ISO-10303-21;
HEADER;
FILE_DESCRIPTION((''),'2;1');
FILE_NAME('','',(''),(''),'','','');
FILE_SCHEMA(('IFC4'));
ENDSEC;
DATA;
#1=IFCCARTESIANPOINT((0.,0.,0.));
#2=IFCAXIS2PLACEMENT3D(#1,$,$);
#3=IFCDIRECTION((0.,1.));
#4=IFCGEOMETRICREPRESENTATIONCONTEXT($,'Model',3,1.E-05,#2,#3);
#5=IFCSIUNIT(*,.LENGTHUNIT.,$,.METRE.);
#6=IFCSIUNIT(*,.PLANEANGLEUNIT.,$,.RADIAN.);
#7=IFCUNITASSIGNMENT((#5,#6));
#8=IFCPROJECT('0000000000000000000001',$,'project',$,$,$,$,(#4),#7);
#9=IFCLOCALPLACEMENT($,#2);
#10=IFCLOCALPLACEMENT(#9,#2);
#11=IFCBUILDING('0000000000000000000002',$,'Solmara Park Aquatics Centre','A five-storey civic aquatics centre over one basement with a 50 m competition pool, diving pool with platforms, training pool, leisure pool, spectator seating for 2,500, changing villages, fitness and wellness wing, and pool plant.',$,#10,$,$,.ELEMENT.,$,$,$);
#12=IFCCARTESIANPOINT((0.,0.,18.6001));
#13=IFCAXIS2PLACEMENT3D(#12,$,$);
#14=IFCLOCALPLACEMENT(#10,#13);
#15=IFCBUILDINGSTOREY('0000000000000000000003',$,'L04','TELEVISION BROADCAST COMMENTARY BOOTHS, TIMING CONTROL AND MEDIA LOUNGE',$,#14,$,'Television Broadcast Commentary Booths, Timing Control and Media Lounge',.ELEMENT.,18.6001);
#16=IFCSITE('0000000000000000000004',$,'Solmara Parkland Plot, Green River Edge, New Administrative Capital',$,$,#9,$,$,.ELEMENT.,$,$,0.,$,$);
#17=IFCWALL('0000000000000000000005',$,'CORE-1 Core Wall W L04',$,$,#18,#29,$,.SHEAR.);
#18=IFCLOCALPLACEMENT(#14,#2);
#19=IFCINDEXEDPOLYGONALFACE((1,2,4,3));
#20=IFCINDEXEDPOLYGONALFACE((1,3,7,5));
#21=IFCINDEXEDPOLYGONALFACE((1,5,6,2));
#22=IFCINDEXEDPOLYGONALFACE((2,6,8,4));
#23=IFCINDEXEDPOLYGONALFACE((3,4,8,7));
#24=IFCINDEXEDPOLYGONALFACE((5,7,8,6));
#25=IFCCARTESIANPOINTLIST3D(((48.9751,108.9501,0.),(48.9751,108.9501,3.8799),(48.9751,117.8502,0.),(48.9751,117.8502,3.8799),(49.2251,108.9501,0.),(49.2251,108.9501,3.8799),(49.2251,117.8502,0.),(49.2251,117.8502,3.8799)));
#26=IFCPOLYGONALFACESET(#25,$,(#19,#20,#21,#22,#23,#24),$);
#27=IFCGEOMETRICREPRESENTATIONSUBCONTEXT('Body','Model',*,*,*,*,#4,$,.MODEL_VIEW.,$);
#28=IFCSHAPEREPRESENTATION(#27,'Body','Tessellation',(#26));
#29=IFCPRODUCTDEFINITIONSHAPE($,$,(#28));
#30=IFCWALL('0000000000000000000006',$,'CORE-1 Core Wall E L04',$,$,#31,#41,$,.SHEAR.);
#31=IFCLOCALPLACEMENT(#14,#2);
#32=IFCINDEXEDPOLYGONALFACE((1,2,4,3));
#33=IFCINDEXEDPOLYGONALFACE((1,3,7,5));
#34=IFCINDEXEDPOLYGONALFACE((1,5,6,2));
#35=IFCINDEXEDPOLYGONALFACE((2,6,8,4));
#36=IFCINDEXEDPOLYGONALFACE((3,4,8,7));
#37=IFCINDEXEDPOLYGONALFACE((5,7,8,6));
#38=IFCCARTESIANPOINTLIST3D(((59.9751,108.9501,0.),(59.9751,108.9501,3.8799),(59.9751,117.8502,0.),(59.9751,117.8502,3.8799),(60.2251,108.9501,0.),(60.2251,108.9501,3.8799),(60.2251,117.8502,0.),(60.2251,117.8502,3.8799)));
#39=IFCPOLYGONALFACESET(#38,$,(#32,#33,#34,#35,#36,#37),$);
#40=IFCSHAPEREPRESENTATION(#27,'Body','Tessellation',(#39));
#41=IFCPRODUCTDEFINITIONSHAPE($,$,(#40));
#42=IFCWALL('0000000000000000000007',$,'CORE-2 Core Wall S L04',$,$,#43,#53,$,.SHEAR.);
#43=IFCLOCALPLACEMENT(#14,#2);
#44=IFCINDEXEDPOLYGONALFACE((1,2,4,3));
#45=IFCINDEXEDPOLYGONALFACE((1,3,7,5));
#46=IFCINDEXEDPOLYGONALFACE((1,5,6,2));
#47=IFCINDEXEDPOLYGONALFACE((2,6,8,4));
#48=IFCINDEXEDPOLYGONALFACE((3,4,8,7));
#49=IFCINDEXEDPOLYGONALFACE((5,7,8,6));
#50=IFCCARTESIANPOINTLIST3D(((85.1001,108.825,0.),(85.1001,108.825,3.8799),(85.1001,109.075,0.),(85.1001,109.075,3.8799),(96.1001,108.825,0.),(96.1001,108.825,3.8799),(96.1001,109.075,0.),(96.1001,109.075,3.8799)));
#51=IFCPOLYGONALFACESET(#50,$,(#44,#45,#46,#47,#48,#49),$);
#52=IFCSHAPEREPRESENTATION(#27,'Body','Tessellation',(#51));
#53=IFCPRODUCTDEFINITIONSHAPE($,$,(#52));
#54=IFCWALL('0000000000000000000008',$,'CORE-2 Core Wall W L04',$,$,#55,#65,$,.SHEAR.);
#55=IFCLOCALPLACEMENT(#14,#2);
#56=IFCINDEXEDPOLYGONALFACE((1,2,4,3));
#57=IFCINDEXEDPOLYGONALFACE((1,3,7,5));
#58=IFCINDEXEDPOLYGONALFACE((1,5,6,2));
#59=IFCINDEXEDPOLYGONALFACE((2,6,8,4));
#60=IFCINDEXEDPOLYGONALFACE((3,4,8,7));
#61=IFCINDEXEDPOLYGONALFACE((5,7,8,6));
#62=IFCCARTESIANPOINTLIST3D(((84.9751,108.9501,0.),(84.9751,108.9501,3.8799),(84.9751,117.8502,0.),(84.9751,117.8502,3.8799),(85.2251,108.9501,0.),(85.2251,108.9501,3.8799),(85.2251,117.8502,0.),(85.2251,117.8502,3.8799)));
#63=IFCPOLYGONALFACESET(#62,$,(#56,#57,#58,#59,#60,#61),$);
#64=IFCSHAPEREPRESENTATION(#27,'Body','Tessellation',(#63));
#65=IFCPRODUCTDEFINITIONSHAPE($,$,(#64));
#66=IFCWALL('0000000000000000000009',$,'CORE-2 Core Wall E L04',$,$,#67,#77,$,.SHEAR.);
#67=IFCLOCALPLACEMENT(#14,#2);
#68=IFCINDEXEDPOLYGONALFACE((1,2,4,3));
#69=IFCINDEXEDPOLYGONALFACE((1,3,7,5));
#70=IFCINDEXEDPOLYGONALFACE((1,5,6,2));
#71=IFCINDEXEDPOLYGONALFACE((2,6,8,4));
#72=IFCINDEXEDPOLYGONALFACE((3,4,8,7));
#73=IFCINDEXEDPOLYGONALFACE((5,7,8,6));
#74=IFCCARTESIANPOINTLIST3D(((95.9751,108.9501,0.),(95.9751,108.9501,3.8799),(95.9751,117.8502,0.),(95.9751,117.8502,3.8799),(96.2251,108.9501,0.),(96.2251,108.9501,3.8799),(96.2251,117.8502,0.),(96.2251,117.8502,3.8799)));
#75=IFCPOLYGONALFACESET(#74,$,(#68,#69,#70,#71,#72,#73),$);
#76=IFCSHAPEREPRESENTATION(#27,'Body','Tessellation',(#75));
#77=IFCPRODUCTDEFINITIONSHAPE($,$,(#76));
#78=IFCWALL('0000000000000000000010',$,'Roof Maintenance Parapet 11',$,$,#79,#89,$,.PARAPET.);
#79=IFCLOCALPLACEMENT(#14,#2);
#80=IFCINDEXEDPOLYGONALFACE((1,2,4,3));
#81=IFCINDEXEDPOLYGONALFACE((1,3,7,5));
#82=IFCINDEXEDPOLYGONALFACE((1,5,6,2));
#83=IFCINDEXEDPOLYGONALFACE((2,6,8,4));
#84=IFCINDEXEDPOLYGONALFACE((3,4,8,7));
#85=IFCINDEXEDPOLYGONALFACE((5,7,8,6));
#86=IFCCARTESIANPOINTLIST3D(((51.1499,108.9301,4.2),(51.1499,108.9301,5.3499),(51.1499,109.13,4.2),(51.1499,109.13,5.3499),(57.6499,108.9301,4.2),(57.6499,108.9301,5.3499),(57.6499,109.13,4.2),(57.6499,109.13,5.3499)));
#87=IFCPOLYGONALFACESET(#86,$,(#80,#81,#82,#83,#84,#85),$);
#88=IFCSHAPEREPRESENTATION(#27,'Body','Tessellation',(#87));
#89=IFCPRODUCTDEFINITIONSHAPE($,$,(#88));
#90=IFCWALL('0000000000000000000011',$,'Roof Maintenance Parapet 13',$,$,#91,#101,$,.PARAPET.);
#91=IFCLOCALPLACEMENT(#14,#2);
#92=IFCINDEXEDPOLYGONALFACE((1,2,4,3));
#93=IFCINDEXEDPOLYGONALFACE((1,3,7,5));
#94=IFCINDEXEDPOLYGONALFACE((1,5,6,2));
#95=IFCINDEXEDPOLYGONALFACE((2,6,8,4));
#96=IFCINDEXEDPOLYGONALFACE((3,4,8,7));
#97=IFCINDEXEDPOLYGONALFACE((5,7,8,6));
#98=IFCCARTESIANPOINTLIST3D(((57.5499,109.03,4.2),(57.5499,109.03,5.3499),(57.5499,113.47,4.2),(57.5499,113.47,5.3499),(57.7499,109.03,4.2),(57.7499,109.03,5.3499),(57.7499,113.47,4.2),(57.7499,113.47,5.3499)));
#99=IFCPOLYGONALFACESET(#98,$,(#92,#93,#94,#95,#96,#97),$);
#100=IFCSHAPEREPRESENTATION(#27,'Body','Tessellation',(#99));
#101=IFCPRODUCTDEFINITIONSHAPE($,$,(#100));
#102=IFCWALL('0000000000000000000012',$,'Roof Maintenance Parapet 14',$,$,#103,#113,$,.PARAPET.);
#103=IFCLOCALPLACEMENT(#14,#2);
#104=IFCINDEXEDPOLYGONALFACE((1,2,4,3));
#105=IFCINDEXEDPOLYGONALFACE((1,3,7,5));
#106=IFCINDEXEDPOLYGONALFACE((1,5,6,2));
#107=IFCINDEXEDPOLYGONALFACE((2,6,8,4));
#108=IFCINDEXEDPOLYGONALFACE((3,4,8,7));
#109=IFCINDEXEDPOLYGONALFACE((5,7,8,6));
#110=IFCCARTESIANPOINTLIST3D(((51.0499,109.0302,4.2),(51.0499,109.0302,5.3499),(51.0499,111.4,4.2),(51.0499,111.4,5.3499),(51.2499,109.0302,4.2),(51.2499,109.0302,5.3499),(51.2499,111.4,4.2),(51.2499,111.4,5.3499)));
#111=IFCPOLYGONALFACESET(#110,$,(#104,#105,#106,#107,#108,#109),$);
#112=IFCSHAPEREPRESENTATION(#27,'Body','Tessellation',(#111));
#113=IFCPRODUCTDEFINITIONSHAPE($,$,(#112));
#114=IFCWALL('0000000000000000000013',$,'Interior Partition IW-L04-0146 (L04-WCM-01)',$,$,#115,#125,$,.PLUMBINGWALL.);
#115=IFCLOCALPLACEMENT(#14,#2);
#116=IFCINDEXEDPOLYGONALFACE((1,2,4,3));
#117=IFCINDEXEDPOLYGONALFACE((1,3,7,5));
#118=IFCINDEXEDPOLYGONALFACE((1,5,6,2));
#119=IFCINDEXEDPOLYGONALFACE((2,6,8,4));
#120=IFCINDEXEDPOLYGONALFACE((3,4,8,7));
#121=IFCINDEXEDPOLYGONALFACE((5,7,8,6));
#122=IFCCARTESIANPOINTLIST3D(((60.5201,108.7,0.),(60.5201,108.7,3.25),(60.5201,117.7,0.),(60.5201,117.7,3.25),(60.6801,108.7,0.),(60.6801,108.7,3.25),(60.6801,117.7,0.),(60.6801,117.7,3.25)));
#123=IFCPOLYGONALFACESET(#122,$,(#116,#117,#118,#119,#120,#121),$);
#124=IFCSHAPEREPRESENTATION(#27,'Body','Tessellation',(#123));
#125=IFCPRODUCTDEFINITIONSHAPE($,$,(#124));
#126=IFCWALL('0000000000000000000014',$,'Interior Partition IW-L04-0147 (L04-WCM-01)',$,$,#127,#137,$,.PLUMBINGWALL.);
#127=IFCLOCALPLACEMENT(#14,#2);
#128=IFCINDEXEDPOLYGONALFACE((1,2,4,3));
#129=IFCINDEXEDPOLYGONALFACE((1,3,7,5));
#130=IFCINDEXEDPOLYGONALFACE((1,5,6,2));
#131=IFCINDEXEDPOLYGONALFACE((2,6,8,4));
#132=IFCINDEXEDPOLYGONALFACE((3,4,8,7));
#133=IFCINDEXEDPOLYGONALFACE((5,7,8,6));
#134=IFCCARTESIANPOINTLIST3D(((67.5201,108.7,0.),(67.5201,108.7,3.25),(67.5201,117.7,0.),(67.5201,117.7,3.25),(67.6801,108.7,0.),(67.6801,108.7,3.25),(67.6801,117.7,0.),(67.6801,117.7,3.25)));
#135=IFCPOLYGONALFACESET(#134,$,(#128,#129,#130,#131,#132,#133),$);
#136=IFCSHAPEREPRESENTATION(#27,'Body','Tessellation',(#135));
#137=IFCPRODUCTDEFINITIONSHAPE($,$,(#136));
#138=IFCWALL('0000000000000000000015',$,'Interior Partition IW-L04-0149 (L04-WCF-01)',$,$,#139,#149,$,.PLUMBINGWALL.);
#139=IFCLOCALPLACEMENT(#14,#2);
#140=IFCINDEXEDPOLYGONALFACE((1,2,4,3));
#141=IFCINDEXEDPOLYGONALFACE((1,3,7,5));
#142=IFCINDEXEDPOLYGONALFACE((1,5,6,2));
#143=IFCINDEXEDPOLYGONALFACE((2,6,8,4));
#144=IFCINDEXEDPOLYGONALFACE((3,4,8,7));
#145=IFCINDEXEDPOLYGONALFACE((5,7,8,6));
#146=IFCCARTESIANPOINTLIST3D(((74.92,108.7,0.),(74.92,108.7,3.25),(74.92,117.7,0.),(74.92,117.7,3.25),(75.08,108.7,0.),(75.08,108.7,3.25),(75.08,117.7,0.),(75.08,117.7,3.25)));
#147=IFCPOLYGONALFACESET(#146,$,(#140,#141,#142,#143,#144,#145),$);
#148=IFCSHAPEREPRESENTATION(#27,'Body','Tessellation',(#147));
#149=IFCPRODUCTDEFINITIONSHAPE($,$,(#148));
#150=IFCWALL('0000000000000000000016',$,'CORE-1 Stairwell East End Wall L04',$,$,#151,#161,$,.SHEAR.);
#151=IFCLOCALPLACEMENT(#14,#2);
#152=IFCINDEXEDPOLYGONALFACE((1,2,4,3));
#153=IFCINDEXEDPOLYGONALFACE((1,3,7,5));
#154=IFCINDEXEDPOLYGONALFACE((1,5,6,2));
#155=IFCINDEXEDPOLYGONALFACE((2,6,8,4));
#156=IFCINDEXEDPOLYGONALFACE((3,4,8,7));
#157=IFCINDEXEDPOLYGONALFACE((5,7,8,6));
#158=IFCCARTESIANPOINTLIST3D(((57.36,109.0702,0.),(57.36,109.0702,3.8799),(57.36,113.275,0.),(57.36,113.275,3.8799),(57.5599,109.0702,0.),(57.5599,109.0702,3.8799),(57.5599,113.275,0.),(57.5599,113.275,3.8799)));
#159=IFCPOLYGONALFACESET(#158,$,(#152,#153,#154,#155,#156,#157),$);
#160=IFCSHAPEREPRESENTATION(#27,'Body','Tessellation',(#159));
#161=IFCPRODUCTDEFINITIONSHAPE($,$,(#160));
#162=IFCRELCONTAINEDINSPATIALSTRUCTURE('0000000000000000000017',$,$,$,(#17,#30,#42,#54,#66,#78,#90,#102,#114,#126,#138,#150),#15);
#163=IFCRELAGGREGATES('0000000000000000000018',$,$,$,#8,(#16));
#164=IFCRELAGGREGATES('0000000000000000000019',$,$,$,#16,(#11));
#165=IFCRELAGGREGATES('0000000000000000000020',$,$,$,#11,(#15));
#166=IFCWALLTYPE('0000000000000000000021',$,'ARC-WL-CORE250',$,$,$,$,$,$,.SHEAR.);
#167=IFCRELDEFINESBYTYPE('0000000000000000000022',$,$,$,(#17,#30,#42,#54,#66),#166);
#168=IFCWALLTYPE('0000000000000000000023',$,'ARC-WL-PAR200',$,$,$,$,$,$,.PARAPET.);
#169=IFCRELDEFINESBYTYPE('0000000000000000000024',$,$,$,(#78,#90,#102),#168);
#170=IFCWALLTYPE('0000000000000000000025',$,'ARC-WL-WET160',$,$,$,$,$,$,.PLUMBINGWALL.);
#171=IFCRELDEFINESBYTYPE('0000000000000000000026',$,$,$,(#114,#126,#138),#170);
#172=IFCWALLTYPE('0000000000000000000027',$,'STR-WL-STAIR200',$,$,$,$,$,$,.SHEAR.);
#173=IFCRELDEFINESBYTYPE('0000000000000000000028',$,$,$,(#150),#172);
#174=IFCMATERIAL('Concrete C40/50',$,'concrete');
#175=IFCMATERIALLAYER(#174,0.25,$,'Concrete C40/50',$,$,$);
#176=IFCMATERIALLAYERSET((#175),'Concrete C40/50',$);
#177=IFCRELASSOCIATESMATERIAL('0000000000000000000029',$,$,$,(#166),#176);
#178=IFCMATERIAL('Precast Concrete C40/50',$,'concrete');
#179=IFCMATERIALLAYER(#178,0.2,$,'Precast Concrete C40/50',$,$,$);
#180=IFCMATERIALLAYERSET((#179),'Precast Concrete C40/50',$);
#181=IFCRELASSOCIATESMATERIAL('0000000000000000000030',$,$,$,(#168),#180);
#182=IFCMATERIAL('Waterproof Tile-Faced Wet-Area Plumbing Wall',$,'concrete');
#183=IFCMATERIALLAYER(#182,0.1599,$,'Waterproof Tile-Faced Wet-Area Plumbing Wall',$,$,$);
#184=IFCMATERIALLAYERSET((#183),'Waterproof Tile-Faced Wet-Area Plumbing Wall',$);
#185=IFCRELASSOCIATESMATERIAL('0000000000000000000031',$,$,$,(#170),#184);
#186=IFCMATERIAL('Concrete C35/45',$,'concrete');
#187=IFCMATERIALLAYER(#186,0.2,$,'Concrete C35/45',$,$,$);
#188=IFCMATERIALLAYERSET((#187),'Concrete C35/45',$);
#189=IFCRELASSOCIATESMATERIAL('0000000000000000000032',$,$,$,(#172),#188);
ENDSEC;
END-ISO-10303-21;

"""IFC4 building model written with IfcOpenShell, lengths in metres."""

from ifc_helpers import new_model, si_unit, direction, frame, frame_2d, origin, place, context, subcontext, project, spatial, rectangle, extrude, material, layer, layer_set, type_object, element, save


model = new_model("IFC4")

# Units and contexts
model_context = context("Model", 3, precision=1e-05, world=origin(), true_north=direction((0.0, 1.0)))
body_context = subcontext(model_context, "Body", "Model", "MODEL_VIEW")
ifc_project = project(units=[si_unit("LENGTHUNIT", "METRE"), si_unit("PLANEANGLEUNIT", "RADIAN")], contexts=[model_context])

# Site, building, storey
site_placement = place(None, origin())
site = spatial("IfcSite", under=ifc_project, at=site_placement, Name="Solmara Parkland Plot, Green River Edge, New Administrative Capital", CompositionType="ELEMENT", RefElevation=0.0)
building_placement = place(site_placement, origin())
building = spatial("IfcBuilding", under=site, at=building_placement, Name="Solmara Park Aquatics Centre", Description="A five-storey civic aquatics centre over one basement with a 50 m competition pool, diving pool with platforms, training pool, leisure pool, spectator seating for 2,500, changing villages, fitness and wellness wing, and pool plant.", CompositionType="ELEMENT")
storey_placement = place(building_placement, frame((0.0, 0.0, 18.6001)))
storey = spatial("IfcBuildingStorey", under=building, at=storey_placement, Name="L04", Description="TELEVISION BROADCAST COMMENTARY BOOTHS, TIMING CONTROL AND MEDIA LOUNGE", LongName="Television Broadcast Commentary Booths, Timing Control and Media Lounge", CompositionType="ELEMENT", Elevation=18.6001)

# Walls
ifc_material_1 = material(Name="Concrete C40/50", Category="concrete")
ifc_layer_1 = layer(ifc_material_1, 0.25, Name="Concrete C40/50")
ifc_layer_set_1 = layer_set([ifc_layer_1], Name="Concrete C40/50")
wall_type_1 = type_object("IfcWallType", Name="ARC-WL-CORE250", PredefinedType="SHEAR", material=ifc_layer_set_1)
for number, where, z_axis, x_axis, name in (
    (1, (49.1001, 108.95, 0.0), (0.0, 0.0, 1.0), (0.0, 1.0, 0.0), "CORE-1 Core Wall W L04"),
    (2, (60.1001, 108.95, 0.0), (0.0, 0.0, 1.0), (0.0, 1.0, 0.0), "CORE-1 Core Wall E L04"),
):
    element("IfcWall", number, at=place(storey_placement, frame(where, z_axis=z_axis, x_axis=x_axis)), inside=storey, type_object=wall_type_1, Name=name, PredefinedType="SHEAR", context=body_context, shape_type="SweptSolid", body=[
        extrude(rectangle(XDim=8.9001, YDim=0.25, at=frame_2d((4.4502, 0.0))), origin(), (0.0, 0.0, 1.0), 3.8799),
    ])
wall_1_placement = place(storey_placement, frame((85.1001, 108.95, 0.0), z_axis=(0.0, 0.0, 1.0), x_axis=(1.0, 0.0, 0.0)))
element("IfcWall", 3, at=wall_1_placement, inside=storey, type_object=wall_type_1, Name="CORE-2 Core Wall S L04", PredefinedType="SHEAR", context=body_context, shape_type="SweptSolid", body=[
    extrude(rectangle(XDim=11.0, YDim=0.25, at=frame_2d((5.5, 0.0))), origin(), (0.0, 0.0, 1.0), 3.8799),
])
for number, where, z_axis, x_axis, name in (
    (4, (85.1001, 108.95, 0.0), (0.0, 0.0, 1.0), (0.0, 1.0, 0.0), "CORE-2 Core Wall W L04"),
    (5, (96.1001, 108.95, 0.0), (0.0, 0.0, 1.0), (0.0, 1.0, 0.0), "CORE-2 Core Wall E L04"),
):
    element("IfcWall", number, at=place(storey_placement, frame(where, z_axis=z_axis, x_axis=x_axis)), inside=storey, type_object=wall_type_1, Name=name, PredefinedType="SHEAR", context=body_context, shape_type="SweptSolid", body=[
        extrude(rectangle(XDim=8.9001, YDim=0.25, at=frame_2d((4.4502, 0.0))), origin(), (0.0, 0.0, 1.0), 3.8799),
    ])
ifc_material_2 = material(Name="Precast Concrete C40/50", Category="concrete")
ifc_layer_2 = layer(ifc_material_2, 0.2, Name="Precast Concrete C40/50")
ifc_layer_set_2 = layer_set([ifc_layer_2], Name="Precast Concrete C40/50")
wall_type_2 = type_object("IfcWallType", Name="ARC-WL-PAR200", PredefinedType="PARAPET", material=ifc_layer_set_2)
wall_2_placement = place(storey_placement, frame((51.1499, 109.03, 4.2), z_axis=(0.0, 0.0, 1.0), x_axis=(1.0, 0.0, 0.0)))
element("IfcWall", 6, at=wall_2_placement, inside=storey, type_object=wall_type_2, Name="Roof Maintenance Parapet 11", PredefinedType="PARAPET", context=body_context, shape_type="SweptSolid", body=[
    extrude(rectangle(XDim=6.5, YDim=0.2, at=frame_2d((3.25, 0.0))), origin(), (0.0, 0.0, 1.0), 1.1499),
])
wall_3_placement = place(storey_placement, frame((57.6499, 109.03, 4.2), z_axis=(0.0, 0.0, 1.0), x_axis=(0.0, 1.0, 0.0)))
element("IfcWall", 7, at=wall_3_placement, inside=storey, type_object=wall_type_2, Name="Roof Maintenance Parapet 13", PredefinedType="PARAPET", context=body_context, shape_type="SweptSolid", body=[
    extrude(rectangle(XDim=4.4399, YDim=0.2, at=frame_2d((2.22, 0.0))), origin(), (0.0, 0.0, 1.0), 1.1499),
])
wall_4_placement = place(storey_placement, frame((51.1499, 109.03, 4.2), z_axis=(0.0, 0.0, 1.0), x_axis=(0.0, 1.0, 0.0)))
element("IfcWall", 8, at=wall_4_placement, inside=storey, type_object=wall_type_2, Name="Roof Maintenance Parapet 14", PredefinedType="PARAPET", context=body_context, shape_type="SweptSolid", body=[
    extrude(rectangle(XDim=2.3699, YDim=0.2, at=frame_2d((1.1851, 0.0))), origin(), (0.0, 0.0, 1.0), 1.1499),
])
ifc_material_3 = material(Name="Waterproof Tile-Faced Wet-Area Plumbing Wall", Category="concrete")
ifc_layer_3 = layer(ifc_material_3, 0.1599, Name="Waterproof Tile-Faced Wet-Area Plumbing Wall")
ifc_layer_set_3 = layer_set([ifc_layer_3], Name="Waterproof Tile-Faced Wet-Area Plumbing Wall")
wall_type_3 = type_object("IfcWallType", Name="ARC-WL-WET160", PredefinedType="PLUMBINGWALL", material=ifc_layer_set_3)
for number, where, z_axis, x_axis, name in (
    (9, (60.6001, 108.7, 0.0), (0.0, 0.0, 1.0), (0.0, 1.0, 0.0), "Interior Partition IW-L04-0146 (L04-WCM-01)"),
    (10, (67.6001, 108.7, 0.0), (0.0, 0.0, 1.0), (0.0, 1.0, 0.0), "Interior Partition IW-L04-0147 (L04-WCM-01)"),
    (11, (75.0, 108.7, 0.0), (0.0, 0.0, 1.0), (0.0, 1.0, 0.0), "Interior Partition IW-L04-0149 (L04-WCF-01)"),
):
    element("IfcWall", number, at=place(storey_placement, frame(where, z_axis=z_axis, x_axis=x_axis)), inside=storey, type_object=wall_type_3, Name=name, PredefinedType="PLUMBINGWALL", context=body_context, shape_type="SweptSolid", body=[
        extrude(rectangle(XDim=9.0, YDim=0.1599, at=frame_2d((4.5, 0.0))), origin(), (0.0, 0.0, 1.0), 3.25),
    ])
ifc_material_4 = material(Name="Concrete C35/45", Category="concrete")
ifc_layer_4 = layer(ifc_material_4, 0.2, Name="Concrete C35/45")
ifc_layer_set_4 = layer_set([ifc_layer_4], Name="Concrete C35/45")
wall_type_4 = type_object("IfcWallType", Name="STR-WL-STAIR200", PredefinedType="SHEAR", material=ifc_layer_set_4)
wall_5_placement = place(storey_placement, frame((57.46, 109.0701, 0.0), z_axis=(0.0, 0.0, 1.0), x_axis=(0.0, 1.0, 0.0)))
element("IfcWall", 12, at=wall_5_placement, inside=storey, type_object=wall_type_4, Name="CORE-1 Stairwell East End Wall L04", PredefinedType="SHEAR", context=body_context, shape_type="SweptSolid", body=[
    extrude(rectangle(XDim=4.2048, YDim=0.2, at=frame_2d((2.1025, 0.0))), origin(), (0.0, 0.0, 1.0), 3.8799),
])

save(model, "model.ifc")
